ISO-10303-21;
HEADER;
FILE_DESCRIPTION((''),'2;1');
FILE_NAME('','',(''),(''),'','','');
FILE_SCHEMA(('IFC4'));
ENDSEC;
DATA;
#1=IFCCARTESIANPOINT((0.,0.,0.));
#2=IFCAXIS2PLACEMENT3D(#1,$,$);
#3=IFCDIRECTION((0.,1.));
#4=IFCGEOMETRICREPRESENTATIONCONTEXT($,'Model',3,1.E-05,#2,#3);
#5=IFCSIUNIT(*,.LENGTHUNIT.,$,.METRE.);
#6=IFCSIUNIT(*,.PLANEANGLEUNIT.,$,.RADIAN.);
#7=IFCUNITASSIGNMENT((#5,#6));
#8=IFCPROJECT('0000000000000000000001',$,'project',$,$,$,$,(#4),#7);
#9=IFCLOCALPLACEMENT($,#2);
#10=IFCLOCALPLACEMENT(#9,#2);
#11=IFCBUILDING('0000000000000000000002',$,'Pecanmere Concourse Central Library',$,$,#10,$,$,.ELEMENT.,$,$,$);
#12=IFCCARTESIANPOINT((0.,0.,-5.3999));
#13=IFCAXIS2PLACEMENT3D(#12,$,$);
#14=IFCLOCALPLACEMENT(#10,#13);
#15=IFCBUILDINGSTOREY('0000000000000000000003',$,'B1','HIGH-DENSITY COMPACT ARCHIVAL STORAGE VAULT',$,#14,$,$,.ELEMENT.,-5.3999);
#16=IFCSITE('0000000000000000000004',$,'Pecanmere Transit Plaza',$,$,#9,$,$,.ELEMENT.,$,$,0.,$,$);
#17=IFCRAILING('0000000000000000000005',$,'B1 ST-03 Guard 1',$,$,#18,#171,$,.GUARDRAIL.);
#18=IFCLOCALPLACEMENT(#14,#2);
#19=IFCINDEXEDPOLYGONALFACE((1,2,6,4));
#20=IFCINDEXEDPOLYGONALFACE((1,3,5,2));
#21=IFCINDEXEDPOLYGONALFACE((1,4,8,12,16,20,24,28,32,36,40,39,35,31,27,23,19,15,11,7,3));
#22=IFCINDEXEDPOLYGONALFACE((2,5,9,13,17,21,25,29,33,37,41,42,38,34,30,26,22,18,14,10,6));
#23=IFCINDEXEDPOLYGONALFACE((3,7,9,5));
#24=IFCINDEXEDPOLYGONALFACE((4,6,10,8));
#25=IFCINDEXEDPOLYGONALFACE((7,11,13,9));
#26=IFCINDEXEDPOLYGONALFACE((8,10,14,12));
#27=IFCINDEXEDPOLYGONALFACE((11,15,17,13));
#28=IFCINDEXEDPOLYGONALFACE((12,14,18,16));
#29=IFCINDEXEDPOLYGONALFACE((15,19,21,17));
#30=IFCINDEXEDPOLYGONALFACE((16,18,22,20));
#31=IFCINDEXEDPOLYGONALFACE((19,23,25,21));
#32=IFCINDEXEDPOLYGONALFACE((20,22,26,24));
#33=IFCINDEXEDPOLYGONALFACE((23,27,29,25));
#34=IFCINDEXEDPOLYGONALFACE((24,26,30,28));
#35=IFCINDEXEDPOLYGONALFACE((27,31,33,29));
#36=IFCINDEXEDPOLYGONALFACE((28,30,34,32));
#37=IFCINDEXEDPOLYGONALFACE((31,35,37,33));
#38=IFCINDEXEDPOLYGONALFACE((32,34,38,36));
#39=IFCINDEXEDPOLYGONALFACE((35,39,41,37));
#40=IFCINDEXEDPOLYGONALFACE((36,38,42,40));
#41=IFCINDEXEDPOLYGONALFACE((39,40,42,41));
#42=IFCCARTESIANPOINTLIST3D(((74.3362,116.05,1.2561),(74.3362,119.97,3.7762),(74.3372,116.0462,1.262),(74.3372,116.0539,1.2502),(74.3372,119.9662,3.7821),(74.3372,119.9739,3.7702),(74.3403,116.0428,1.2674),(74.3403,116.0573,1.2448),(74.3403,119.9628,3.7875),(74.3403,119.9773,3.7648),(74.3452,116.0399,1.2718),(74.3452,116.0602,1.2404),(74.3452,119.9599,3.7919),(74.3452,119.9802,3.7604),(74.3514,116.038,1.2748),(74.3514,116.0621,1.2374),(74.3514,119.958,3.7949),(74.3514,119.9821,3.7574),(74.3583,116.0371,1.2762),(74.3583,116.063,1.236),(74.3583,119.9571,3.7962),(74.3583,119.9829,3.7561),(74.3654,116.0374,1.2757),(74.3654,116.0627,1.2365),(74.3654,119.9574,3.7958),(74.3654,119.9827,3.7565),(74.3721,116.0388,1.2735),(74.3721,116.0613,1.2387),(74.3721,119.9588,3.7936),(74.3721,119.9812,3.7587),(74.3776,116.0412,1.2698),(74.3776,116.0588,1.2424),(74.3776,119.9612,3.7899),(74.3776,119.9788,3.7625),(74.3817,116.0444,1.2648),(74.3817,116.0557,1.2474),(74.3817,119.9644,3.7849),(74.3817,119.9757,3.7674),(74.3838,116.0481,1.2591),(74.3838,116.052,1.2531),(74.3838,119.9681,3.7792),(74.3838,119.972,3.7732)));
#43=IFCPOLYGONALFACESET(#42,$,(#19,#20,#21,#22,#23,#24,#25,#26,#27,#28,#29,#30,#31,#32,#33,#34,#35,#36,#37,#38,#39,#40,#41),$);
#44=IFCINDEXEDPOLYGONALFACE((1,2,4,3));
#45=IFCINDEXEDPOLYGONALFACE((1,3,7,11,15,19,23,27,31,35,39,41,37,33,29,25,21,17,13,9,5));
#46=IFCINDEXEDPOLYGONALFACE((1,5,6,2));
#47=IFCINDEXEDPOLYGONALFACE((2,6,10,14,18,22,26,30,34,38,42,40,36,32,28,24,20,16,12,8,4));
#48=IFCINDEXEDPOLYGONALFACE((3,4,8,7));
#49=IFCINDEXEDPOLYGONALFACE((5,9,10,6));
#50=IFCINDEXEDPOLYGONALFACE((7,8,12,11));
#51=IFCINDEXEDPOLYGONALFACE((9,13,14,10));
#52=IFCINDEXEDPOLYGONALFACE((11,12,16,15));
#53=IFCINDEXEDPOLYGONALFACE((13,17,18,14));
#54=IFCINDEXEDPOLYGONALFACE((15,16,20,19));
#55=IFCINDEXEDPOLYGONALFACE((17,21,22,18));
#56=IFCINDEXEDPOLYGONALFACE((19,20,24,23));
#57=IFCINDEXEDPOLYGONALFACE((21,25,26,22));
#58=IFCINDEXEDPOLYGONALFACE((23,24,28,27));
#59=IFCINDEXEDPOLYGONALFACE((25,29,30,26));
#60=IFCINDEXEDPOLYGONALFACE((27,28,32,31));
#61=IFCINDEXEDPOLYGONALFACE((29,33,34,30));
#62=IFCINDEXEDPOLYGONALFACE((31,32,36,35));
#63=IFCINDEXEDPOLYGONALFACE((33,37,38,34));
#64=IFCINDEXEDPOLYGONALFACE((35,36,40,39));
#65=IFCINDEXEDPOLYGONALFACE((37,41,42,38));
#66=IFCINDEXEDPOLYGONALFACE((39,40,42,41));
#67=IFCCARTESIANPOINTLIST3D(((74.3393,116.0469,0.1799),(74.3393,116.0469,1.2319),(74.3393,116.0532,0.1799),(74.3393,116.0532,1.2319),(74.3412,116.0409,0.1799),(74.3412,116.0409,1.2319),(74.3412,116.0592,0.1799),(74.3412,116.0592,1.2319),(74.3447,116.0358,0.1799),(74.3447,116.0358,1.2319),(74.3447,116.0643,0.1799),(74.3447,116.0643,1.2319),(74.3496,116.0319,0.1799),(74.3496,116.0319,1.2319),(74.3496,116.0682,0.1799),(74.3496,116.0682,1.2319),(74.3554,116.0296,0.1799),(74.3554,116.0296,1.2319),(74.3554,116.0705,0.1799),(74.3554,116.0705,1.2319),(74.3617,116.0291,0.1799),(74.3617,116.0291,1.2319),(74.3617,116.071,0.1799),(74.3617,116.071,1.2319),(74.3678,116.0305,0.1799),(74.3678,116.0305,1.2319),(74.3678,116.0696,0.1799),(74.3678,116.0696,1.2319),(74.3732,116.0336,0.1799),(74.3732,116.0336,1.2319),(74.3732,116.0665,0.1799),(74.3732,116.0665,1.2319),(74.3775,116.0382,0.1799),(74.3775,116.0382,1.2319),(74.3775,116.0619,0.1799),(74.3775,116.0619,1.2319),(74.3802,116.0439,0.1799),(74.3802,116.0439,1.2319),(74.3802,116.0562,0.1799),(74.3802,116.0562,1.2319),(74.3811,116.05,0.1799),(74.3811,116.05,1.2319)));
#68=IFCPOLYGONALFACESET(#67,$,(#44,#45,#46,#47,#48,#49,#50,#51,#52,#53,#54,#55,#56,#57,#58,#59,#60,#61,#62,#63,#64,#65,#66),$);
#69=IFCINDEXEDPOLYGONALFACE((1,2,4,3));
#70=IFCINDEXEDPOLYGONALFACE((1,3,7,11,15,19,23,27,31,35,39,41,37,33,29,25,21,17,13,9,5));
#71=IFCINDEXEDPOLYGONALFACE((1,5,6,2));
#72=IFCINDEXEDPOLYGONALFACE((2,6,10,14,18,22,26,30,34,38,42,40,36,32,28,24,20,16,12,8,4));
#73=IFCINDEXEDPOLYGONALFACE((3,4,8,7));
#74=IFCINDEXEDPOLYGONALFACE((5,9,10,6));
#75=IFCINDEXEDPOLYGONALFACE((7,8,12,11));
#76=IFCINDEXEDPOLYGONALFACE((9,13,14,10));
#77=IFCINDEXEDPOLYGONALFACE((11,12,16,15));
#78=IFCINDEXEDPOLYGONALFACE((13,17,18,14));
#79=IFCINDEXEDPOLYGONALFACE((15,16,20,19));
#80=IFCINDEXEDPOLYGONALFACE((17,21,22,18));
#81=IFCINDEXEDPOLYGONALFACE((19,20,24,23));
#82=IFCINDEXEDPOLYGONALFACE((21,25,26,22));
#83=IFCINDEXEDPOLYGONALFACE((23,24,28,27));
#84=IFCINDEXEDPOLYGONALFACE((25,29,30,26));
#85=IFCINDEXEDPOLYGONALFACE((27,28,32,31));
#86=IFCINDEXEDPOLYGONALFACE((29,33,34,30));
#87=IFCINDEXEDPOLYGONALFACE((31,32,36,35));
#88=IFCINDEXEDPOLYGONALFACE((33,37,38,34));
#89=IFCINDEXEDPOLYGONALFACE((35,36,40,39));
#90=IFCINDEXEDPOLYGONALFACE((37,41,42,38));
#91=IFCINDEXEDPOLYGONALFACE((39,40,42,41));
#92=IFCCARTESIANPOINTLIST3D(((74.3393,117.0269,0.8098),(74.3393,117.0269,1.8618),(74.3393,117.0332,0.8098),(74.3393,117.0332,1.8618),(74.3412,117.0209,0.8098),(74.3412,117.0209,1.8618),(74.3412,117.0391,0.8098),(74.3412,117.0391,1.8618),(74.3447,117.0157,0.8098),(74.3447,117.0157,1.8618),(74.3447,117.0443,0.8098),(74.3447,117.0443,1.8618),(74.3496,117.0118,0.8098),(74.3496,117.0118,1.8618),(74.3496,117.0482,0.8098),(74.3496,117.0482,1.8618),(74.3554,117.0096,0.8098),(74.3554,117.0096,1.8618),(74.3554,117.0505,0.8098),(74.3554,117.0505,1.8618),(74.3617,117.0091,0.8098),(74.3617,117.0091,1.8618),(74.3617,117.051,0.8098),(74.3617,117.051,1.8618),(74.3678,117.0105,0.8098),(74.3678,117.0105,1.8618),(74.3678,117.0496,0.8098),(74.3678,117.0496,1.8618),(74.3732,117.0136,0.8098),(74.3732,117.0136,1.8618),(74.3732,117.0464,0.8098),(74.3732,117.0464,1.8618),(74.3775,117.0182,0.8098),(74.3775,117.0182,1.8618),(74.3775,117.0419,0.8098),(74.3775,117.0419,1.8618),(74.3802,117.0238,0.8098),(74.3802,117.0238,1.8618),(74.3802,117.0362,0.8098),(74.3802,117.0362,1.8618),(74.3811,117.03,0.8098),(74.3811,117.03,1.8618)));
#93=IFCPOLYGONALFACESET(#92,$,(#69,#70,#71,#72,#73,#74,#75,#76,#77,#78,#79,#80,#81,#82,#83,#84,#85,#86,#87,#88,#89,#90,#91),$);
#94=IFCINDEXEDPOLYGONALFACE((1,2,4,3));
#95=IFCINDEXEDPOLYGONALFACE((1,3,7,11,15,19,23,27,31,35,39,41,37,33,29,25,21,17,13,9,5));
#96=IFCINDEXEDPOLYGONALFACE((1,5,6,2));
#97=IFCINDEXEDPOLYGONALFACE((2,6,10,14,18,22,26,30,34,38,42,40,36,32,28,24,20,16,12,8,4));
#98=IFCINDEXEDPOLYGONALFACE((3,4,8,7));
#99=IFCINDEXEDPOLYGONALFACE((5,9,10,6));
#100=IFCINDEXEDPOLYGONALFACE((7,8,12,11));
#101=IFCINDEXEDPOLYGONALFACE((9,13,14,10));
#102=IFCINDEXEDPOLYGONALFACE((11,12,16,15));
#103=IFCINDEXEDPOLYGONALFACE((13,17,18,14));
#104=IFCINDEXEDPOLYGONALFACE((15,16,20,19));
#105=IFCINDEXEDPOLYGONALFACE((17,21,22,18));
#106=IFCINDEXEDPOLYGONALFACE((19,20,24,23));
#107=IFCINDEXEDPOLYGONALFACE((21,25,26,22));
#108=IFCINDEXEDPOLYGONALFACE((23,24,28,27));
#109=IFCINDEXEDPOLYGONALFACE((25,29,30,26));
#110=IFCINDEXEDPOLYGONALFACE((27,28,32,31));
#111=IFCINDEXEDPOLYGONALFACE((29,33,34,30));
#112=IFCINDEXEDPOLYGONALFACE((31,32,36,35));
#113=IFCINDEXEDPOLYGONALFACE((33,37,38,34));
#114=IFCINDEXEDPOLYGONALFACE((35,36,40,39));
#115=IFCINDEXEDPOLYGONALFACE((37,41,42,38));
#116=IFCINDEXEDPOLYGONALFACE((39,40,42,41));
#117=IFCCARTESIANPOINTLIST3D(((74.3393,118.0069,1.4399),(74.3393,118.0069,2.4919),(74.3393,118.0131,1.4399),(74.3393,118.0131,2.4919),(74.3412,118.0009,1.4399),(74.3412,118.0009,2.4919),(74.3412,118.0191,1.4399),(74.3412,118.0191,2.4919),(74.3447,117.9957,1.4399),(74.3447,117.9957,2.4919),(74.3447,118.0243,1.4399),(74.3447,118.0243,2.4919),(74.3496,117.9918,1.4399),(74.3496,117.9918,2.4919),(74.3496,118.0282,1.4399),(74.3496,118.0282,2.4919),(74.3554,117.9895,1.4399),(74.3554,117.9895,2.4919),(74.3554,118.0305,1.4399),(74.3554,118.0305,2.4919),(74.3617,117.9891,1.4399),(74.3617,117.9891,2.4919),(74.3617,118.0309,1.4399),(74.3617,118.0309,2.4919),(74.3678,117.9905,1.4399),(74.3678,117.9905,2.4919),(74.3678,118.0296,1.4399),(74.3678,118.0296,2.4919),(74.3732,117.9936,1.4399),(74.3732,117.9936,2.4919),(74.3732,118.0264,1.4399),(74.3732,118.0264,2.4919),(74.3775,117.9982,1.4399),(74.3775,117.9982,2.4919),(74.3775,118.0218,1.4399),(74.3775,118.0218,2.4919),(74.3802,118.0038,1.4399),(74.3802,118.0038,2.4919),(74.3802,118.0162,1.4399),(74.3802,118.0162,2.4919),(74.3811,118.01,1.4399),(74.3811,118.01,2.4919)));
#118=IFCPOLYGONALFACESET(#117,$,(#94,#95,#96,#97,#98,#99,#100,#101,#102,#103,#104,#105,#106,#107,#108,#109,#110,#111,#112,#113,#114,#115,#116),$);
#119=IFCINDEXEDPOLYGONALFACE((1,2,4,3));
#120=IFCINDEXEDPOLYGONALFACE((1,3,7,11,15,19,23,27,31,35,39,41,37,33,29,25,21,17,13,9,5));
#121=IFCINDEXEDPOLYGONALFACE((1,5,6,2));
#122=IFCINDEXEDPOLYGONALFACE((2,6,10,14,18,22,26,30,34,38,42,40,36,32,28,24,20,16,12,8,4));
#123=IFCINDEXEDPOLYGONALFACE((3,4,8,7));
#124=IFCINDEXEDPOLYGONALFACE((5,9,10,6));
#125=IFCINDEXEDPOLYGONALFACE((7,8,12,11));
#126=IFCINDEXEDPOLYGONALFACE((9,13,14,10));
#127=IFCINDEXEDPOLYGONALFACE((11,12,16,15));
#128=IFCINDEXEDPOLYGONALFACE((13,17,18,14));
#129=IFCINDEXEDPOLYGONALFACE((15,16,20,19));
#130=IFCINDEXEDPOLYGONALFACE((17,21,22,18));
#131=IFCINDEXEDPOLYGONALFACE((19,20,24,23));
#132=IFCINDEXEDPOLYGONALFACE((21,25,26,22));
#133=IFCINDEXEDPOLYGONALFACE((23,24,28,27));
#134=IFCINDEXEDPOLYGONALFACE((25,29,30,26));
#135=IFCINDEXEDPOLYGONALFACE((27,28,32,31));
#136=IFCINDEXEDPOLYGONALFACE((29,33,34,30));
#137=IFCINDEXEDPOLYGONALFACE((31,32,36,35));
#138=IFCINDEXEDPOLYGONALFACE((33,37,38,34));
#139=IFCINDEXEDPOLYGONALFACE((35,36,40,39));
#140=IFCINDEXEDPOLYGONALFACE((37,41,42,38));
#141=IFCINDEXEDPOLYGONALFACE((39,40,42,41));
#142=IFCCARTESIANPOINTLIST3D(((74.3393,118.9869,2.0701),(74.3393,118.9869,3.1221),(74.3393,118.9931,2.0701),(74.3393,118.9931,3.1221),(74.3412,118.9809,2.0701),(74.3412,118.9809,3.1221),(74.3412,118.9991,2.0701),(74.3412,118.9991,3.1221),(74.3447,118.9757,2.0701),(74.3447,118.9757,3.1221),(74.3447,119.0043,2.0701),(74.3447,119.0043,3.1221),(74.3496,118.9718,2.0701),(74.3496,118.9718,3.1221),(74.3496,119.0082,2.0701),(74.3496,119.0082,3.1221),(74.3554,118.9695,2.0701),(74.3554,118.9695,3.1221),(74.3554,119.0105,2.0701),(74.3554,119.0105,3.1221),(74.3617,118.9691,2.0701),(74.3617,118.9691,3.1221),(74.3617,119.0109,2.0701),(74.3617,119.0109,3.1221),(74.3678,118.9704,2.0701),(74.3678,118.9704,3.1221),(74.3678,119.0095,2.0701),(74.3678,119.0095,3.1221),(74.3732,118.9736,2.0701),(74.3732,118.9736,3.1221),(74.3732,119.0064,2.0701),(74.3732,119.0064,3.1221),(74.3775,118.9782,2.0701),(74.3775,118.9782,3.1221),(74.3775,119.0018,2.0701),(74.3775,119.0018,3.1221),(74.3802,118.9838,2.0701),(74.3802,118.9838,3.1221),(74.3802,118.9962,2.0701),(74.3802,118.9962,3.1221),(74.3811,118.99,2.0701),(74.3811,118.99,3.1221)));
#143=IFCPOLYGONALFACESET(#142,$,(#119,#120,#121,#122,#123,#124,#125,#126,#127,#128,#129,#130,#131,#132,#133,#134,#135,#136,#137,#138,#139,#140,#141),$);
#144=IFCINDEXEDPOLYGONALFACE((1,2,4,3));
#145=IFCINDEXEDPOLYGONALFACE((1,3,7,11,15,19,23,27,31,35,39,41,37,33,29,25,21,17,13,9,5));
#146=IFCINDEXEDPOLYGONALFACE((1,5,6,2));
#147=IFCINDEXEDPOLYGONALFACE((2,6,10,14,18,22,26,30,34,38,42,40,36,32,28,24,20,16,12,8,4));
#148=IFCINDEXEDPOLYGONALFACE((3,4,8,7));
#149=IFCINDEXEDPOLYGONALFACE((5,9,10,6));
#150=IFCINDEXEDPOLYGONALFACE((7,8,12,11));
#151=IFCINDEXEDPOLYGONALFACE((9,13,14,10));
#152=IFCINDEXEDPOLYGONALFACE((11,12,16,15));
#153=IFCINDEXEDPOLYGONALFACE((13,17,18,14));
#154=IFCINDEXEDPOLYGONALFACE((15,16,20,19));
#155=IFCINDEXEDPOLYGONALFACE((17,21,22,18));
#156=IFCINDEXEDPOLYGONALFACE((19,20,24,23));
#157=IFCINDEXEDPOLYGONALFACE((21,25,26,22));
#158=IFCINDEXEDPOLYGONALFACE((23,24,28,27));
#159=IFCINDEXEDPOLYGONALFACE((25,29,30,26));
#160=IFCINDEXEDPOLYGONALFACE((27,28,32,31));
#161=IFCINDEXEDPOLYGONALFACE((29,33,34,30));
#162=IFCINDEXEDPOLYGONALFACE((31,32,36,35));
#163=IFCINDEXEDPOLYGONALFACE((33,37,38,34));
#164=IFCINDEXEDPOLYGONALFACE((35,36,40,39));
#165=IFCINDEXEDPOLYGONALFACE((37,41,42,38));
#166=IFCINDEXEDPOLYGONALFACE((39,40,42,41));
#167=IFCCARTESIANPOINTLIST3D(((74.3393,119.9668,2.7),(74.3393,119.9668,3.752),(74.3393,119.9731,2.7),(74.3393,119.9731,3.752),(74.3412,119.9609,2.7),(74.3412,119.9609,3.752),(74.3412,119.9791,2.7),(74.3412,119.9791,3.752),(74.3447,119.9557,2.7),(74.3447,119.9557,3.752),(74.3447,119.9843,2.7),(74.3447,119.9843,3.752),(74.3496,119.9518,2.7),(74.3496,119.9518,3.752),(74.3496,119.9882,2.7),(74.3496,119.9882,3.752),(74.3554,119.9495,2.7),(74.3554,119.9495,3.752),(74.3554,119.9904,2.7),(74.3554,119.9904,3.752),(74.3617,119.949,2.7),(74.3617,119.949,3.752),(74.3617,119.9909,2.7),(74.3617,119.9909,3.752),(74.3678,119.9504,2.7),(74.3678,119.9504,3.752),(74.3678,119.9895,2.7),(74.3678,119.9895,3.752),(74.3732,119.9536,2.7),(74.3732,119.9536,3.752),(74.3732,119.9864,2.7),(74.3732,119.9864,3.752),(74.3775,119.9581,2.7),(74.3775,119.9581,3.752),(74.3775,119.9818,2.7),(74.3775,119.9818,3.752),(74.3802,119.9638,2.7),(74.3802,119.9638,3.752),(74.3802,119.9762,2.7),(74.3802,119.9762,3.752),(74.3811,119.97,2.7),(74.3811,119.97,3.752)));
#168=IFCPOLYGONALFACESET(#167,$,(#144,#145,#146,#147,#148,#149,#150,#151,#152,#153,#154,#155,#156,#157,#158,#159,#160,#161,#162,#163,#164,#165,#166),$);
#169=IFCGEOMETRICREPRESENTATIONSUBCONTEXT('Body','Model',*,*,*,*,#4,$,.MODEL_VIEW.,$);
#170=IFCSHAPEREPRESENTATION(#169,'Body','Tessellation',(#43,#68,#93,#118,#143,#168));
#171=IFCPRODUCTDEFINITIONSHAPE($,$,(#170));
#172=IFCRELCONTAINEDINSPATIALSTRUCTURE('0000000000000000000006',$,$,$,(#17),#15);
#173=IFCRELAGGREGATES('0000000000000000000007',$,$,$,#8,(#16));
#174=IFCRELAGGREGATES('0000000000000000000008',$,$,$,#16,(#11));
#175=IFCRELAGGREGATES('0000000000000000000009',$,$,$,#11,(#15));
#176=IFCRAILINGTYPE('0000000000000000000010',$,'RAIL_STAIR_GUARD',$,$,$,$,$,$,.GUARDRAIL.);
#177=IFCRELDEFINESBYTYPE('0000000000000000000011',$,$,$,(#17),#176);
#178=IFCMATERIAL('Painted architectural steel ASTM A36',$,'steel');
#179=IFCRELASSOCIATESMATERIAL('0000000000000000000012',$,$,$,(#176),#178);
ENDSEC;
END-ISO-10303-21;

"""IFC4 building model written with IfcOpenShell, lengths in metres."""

from ifc_helpers import new_model, si_unit, direction, frame, origin, origin_2d, place, context, subcontext, project, spatial, circle, extrude, material, type_object, element, save


model = new_model("IFC4")

# Units and contexts
model_context = context("Model", 3, precision=1e-05, world=origin(), true_north=direction((0.0, 1.0)))
body_context = subcontext(model_context, "Body", "Model", "MODEL_VIEW")
ifc_project = project(units=[si_unit("LENGTHUNIT", "METRE"), si_unit("PLANEANGLEUNIT", "RADIAN")], contexts=[model_context])

# Site, building, storey
site_placement = place(None, origin())
site = spatial("IfcSite", under=ifc_project, at=site_placement, Name="Pecanmere Transit Plaza", CompositionType="ELEMENT", RefElevation=0.0)
building_placement = place(site_placement, origin())
building = spatial("IfcBuilding", under=site, at=building_placement, Name="Pecanmere Concourse Central Library", CompositionType="ELEMENT")
storey_placement = place(building_placement, frame((0.0, 0.0, -5.3999)))
storey = spatial("IfcBuildingStorey", under=building, at=storey_placement, Name="B1", Description="HIGH-DENSITY COMPACT ARCHIVAL STORAGE VAULT", CompositionType="ELEMENT", Elevation=-5.3999)

# Railing
ifc_material_1 = material(Name="Painted architectural steel ASTM A36", Category="steel")
railing_type_1 = type_object("IfcRailingType", Name="RAIL_STAIR_GUARD", PredefinedType="GUARDRAIL", material=ifc_material_1)
railing_1_placement = place(storey_placement, frame((74.3601, 116.05, 0.1799)))
element("IfcRailing", 1, at=railing_1_placement, inside=storey, type_object=railing_type_1, Name="B1 ST-03 Guard 1", PredefinedType="GUARDRAIL", context=body_context, shape_type="SweptSolid", body=[
    extrude(circle(Radius=0.0239, at=origin_2d()), frame((0.0, 0.0, 1.0762), z_axis=(0.0, 0.841172, 0.540768), x_axis=(-1.0, 0.0, 0.0)), (0.0, 0.0, 1.0), 4.6602),
    extrude(circle(Radius=0.021, at=origin_2d()), origin(), (0.0, 0.0, 1.0), 1.052),
    extrude(circle(Radius=0.021, at=origin_2d()), frame((0.0, 0.98, 0.6299)), (0.0, 0.0, 1.0), 1.052),
    extrude(circle(Radius=0.021, at=origin_2d()), frame((0.0, 1.96, 1.26)), (0.0, 0.0, 1.0), 1.052),
    extrude(circle(Radius=0.021, at=origin_2d()), frame((0.0, 2.9399, 1.8901)), (0.0, 0.0, 1.0), 1.052),
    extrude(circle(Radius=0.021, at=origin_2d()), frame((0.0, 3.9199, 2.52)), (0.0, 0.0, 1.0), 1.052),
])

save(model, "model.ifc")
